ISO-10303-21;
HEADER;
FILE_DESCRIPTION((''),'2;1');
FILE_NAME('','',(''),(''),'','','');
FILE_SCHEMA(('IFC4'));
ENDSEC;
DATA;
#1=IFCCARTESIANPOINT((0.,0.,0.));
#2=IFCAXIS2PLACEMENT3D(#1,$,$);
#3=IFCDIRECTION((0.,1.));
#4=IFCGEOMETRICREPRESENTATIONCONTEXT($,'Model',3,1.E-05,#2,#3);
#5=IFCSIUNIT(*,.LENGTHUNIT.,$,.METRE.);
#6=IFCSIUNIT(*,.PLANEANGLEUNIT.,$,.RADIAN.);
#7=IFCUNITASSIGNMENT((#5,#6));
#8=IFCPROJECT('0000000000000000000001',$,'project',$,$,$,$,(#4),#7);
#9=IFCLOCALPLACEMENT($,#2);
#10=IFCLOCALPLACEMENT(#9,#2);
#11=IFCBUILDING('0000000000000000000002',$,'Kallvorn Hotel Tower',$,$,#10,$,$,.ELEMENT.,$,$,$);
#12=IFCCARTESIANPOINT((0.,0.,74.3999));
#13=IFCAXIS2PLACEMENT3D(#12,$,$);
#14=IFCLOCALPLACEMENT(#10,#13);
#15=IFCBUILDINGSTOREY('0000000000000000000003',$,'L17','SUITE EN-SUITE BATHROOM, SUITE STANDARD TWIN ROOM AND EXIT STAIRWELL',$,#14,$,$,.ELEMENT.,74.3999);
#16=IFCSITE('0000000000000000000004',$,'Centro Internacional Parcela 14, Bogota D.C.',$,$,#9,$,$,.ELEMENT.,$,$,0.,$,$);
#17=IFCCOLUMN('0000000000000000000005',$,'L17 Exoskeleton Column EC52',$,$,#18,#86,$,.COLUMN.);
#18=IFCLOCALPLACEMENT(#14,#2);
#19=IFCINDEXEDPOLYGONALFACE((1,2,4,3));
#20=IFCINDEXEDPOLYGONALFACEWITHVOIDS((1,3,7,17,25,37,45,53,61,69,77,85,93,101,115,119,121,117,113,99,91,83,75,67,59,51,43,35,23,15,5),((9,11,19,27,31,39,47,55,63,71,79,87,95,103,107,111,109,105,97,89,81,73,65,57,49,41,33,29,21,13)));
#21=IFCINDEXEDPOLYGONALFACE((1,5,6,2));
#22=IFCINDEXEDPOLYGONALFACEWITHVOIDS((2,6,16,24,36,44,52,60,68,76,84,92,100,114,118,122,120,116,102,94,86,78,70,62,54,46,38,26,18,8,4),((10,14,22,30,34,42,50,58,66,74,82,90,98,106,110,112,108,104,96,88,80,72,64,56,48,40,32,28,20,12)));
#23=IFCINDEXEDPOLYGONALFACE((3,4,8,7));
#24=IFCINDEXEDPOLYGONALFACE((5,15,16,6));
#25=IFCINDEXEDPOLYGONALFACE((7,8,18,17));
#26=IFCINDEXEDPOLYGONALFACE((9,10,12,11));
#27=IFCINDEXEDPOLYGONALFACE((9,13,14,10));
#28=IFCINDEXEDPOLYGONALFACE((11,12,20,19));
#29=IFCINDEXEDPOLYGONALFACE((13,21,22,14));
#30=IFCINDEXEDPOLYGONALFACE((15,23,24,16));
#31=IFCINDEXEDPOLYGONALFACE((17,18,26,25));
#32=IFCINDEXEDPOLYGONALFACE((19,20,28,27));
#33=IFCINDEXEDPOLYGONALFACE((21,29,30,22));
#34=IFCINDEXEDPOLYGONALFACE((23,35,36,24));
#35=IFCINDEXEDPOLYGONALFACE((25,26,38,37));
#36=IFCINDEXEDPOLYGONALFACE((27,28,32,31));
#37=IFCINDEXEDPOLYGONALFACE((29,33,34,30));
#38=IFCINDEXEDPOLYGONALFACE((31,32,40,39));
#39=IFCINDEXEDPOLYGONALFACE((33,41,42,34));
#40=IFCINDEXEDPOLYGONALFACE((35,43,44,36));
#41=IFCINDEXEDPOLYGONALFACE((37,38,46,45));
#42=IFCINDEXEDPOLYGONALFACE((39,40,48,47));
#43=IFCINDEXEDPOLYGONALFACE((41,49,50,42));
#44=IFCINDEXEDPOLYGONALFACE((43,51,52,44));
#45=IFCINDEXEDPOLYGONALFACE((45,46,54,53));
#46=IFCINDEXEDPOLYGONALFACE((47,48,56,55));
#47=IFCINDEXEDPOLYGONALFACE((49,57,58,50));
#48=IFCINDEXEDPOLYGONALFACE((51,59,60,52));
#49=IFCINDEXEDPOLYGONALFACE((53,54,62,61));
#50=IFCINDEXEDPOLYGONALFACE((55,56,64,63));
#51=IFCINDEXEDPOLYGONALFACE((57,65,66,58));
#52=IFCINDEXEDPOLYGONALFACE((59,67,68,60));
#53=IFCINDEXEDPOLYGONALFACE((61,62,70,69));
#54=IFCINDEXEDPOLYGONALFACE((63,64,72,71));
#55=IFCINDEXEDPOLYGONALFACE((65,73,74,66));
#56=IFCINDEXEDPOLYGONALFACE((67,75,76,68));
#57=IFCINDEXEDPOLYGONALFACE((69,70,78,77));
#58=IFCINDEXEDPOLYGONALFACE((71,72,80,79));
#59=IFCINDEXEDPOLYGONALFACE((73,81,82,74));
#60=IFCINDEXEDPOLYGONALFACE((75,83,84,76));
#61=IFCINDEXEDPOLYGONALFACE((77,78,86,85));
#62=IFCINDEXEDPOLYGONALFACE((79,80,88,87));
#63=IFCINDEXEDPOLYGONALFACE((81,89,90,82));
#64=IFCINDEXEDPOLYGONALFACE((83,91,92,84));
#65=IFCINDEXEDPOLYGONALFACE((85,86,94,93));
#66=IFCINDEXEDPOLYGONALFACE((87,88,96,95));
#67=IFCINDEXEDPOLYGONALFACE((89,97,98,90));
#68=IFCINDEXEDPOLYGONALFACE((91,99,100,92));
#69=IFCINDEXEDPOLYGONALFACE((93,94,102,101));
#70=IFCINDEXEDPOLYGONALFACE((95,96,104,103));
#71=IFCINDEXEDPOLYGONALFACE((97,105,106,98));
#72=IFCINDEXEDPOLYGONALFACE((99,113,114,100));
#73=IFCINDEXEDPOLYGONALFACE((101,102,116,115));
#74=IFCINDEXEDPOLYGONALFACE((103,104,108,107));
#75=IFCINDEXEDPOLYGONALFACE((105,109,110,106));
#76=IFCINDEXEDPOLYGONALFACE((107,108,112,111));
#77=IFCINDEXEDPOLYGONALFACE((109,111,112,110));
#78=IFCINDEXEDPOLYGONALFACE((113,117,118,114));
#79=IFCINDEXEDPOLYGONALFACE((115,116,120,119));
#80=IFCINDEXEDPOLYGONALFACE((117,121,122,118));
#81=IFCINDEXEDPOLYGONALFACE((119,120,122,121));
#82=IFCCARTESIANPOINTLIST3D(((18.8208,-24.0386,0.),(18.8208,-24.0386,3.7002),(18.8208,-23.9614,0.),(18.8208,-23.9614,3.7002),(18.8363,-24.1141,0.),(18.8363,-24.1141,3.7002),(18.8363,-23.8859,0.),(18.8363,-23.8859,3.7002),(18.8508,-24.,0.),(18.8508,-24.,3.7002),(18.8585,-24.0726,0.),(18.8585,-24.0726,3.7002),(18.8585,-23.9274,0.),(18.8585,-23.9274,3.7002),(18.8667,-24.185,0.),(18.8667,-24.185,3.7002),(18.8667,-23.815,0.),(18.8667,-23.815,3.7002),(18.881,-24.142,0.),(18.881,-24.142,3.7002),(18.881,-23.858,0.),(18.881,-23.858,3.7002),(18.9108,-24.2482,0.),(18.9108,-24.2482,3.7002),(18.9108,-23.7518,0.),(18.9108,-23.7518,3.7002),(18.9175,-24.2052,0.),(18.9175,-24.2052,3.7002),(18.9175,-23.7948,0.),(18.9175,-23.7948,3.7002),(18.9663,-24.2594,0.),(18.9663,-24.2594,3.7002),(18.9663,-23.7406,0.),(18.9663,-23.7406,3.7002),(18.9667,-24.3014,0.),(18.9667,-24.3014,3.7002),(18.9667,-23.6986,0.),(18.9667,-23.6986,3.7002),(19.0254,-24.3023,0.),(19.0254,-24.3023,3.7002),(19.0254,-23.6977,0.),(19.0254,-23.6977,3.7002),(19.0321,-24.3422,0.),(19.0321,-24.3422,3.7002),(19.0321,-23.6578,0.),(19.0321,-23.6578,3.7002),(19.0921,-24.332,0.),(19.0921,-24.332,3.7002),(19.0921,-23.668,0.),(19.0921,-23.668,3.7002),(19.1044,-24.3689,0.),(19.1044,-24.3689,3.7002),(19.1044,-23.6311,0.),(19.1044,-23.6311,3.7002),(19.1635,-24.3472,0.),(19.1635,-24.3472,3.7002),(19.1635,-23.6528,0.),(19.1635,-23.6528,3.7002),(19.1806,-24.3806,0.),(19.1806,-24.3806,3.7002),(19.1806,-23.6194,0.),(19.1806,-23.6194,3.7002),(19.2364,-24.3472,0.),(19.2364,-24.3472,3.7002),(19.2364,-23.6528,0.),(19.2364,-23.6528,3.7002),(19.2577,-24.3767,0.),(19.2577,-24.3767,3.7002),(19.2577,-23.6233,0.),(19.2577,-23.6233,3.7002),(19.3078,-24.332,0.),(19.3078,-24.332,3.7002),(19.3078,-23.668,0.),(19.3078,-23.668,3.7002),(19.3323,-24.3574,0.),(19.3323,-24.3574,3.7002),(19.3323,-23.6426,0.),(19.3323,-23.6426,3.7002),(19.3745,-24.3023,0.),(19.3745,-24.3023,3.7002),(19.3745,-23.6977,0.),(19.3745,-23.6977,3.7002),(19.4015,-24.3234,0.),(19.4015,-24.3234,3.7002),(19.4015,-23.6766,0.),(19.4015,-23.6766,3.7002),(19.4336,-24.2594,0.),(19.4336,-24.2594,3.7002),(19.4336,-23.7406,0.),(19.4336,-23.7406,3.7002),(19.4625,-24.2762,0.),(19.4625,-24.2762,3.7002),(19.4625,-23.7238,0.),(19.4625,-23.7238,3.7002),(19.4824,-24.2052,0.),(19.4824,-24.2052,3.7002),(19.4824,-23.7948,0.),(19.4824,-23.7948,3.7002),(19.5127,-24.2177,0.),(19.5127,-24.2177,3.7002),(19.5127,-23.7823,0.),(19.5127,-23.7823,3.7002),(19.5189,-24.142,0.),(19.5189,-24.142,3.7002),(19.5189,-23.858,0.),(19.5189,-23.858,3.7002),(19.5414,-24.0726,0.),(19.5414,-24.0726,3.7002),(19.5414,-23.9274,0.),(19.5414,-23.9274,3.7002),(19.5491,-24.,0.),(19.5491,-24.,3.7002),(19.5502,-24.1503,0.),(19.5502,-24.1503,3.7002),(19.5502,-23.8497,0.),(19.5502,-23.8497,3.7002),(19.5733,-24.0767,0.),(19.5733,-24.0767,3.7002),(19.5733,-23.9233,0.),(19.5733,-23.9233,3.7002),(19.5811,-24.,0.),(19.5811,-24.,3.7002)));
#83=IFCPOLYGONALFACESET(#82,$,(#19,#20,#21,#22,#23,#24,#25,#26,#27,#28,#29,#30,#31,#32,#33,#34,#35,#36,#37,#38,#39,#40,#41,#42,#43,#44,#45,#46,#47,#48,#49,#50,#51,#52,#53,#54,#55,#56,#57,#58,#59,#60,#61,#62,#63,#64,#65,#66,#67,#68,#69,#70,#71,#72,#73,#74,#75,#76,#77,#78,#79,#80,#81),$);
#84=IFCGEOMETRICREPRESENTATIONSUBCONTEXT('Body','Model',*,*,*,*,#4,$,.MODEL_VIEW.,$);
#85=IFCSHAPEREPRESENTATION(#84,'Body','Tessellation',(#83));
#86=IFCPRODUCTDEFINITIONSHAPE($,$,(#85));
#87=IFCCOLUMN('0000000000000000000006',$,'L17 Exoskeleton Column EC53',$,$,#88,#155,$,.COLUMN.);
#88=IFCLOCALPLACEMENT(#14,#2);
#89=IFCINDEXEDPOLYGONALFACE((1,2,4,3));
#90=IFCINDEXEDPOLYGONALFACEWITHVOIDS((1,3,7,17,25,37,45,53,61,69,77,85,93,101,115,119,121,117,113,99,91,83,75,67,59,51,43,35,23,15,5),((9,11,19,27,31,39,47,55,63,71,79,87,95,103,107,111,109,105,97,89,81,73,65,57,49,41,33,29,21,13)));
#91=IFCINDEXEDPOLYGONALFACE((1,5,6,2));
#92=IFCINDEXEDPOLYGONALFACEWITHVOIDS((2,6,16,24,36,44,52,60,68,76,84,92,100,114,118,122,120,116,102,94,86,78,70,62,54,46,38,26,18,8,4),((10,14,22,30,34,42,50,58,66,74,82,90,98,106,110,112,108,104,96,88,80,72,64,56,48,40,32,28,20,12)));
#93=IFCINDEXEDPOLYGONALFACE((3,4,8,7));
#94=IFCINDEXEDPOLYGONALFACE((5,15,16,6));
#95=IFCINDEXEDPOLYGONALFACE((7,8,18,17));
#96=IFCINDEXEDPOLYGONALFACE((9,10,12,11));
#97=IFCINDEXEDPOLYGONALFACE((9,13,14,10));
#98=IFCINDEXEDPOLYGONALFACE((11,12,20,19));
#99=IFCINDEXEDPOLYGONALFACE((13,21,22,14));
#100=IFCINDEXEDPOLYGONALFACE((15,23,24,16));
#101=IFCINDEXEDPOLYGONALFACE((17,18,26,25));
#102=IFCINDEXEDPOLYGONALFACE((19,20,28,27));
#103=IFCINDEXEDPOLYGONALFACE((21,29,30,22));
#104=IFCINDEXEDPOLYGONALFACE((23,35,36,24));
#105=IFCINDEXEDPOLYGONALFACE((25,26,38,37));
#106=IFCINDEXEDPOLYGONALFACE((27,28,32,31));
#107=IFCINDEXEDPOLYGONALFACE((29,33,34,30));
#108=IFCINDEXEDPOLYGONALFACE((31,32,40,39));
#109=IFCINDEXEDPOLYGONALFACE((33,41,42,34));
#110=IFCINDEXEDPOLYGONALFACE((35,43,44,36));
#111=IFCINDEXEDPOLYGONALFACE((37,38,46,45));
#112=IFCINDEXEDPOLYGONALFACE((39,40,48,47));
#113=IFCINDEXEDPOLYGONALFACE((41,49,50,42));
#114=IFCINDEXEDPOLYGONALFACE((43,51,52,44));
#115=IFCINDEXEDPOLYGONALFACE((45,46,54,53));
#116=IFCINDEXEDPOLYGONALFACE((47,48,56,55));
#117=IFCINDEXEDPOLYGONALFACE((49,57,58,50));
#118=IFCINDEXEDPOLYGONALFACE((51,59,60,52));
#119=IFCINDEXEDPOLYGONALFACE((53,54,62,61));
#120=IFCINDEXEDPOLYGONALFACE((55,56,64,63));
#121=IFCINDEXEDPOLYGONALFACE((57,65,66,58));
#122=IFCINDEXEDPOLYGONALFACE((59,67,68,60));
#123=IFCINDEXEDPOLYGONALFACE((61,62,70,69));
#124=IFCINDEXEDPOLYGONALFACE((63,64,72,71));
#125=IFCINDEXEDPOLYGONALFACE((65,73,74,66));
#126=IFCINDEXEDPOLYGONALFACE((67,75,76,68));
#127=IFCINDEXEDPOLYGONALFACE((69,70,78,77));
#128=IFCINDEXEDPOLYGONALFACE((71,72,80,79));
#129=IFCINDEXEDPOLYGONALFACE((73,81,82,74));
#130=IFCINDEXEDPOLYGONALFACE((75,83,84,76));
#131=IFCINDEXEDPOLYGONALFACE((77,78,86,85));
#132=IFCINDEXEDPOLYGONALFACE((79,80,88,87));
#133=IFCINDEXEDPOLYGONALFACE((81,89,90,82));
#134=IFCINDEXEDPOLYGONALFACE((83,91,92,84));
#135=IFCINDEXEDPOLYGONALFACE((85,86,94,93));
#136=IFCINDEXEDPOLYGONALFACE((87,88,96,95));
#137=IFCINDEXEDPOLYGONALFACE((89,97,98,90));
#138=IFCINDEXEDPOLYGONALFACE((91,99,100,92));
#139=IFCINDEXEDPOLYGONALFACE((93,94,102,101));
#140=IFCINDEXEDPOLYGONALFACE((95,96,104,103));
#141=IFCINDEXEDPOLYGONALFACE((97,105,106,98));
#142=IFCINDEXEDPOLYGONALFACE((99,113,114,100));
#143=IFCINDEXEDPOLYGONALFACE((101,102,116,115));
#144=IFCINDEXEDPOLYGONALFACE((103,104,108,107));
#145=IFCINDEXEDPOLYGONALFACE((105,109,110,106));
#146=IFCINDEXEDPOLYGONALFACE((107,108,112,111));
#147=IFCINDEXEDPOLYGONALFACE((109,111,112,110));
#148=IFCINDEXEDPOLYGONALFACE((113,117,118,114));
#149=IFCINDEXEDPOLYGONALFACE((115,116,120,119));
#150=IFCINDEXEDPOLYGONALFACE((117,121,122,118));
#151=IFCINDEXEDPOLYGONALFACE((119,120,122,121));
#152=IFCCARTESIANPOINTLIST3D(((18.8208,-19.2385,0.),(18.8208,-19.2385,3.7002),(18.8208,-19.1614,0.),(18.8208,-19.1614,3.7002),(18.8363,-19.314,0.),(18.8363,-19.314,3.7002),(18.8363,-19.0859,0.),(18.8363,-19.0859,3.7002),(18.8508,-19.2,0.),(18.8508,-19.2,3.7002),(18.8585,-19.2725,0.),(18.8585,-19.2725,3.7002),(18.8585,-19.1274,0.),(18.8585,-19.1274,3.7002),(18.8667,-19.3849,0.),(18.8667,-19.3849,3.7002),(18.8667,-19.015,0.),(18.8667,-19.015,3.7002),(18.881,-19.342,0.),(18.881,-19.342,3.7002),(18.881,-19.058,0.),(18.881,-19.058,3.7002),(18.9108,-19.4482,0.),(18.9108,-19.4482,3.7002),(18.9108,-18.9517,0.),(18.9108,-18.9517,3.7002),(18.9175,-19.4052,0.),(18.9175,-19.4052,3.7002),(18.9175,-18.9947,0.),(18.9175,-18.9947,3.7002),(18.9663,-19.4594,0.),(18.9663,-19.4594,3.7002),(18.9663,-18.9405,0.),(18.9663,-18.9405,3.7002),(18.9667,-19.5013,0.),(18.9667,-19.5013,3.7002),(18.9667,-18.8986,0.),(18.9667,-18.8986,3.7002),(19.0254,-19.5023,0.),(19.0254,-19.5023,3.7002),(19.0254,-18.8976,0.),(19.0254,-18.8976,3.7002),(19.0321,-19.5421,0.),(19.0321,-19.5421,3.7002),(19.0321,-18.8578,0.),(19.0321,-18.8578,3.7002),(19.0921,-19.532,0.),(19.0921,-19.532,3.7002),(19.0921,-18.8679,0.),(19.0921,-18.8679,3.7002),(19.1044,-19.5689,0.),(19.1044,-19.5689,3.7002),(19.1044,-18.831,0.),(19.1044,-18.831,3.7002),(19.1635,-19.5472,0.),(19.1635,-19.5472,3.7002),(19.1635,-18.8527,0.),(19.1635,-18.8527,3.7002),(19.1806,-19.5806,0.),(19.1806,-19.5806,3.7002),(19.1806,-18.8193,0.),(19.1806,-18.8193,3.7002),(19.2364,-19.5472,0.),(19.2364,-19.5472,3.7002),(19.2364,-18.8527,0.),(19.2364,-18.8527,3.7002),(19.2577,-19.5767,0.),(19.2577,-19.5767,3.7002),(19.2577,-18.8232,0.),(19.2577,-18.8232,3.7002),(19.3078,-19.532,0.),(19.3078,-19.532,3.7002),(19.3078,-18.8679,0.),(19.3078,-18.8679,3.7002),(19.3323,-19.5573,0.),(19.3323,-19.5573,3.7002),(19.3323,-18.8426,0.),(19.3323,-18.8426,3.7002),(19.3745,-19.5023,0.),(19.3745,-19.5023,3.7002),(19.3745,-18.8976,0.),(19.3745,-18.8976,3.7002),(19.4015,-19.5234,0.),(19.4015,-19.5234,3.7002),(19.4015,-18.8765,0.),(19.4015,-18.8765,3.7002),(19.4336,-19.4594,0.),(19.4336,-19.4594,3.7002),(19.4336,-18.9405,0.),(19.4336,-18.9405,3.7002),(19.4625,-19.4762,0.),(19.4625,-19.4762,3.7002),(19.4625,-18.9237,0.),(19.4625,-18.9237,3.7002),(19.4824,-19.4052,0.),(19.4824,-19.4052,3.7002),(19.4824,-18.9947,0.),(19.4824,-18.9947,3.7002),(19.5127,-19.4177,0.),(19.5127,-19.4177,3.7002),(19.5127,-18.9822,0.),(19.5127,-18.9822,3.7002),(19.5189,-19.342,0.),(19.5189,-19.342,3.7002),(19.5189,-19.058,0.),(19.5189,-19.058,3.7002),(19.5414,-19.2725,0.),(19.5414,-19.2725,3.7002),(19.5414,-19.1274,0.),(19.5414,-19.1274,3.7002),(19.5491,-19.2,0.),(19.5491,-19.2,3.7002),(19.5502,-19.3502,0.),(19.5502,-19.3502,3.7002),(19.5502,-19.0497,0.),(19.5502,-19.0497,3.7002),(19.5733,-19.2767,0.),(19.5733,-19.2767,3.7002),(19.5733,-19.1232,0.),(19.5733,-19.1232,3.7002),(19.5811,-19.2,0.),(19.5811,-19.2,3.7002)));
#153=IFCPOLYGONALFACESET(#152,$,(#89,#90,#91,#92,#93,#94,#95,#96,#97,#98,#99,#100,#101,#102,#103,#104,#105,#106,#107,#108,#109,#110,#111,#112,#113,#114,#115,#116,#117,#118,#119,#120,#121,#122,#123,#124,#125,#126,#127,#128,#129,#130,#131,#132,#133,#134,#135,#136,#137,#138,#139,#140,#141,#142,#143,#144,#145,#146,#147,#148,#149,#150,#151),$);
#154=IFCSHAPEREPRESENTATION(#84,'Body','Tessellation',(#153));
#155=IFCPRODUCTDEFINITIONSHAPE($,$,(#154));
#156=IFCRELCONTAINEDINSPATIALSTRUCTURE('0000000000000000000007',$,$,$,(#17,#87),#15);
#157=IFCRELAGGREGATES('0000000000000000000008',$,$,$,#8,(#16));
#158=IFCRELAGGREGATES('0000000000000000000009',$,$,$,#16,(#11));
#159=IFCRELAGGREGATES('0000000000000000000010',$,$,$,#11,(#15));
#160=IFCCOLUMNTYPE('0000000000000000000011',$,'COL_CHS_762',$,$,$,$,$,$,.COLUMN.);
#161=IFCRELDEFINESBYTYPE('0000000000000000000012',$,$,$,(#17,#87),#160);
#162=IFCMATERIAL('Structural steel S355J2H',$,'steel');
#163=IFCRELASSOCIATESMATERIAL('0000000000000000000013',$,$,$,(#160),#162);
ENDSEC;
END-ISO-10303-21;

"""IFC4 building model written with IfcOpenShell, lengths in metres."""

from ifc_helpers import new_model, si_unit, direction, frame, origin, origin_2d, place, context, subcontext, project, spatial, hollow_circle, extrude, material, material_profile, profile_set, type_object, element, save


model = new_model("IFC4")

# Units and contexts
model_context = context("Model", 3, precision=1e-05, world=origin(), true_north=direction((0.0, 1.0)))
body_context = subcontext(model_context, "Body", "Model", "MODEL_VIEW")
ifc_project = project(units=[si_unit("LENGTHUNIT", "METRE"), si_unit("PLANEANGLEUNIT", "RADIAN")], contexts=[model_context])

# Site, building, storey
site_placement = place(None, origin())
site = spatial("IfcSite", under=ifc_project, at=site_placement, Name="Centro Internacional Parcela 14, Bogota D.C.", CompositionType="ELEMENT", RefElevation=0.0)
building_placement = place(site_placement, origin())
building = spatial("IfcBuilding", under=site, at=building_placement, Name="Kallvorn Hotel Tower", CompositionType="ELEMENT")
storey_placement = place(building_placement, frame((0.0, 0.0, 74.3999)))
storey = spatial("IfcBuildingStorey", under=building, at=storey_placement, Name="L17", Description="SUITE EN-SUITE BATHROOM, SUITE STANDARD TWIN ROOM AND EXIT STAIRWELL", CompositionType="ELEMENT", Elevation=74.3999)

# Columns
ifc_material_1 = material(Name="Structural steel S355J2H", Category="steel")
ifc_material_profile_1 = material_profile(ifc_material_1, hollow_circle(Radius=0.3811, WallThickness=0.032, at=origin_2d()), Name="CHS 762x32")
ifc_profile_set_1 = profile_set([ifc_material_profile_1], Name="Structural steel S355J2H")
column_type = type_object("IfcColumnType", Name="COL_CHS_762", PredefinedType="COLUMN", material=ifc_profile_set_1)
for number, where, z_axis, x_axis, name in (
    (1, (19.2, -24.0, 0.0), (0.0, 0.0, 1.0), (1.0, 0.0, 0.0), "L17 Exoskeleton Column EC52"),
    (2, (19.2, -19.2, 0.0), (0.0, 0.0, 1.0), (1.0, 0.0, 0.0), "L17 Exoskeleton Column EC53"),
):
    element("IfcColumn", number, at=place(storey_placement, frame(where, z_axis=z_axis, x_axis=x_axis)), inside=storey, type_object=column_type, Name=name, PredefinedType="COLUMN", context=body_context, shape_type="SweptSolid", body=[
        extrude(hollow_circle(Radius=0.3811, WallThickness=0.032, at=origin_2d()), origin(), (0.0, 0.0, 1.0), 3.7002),
    ])

save(model, "model.ifc")
